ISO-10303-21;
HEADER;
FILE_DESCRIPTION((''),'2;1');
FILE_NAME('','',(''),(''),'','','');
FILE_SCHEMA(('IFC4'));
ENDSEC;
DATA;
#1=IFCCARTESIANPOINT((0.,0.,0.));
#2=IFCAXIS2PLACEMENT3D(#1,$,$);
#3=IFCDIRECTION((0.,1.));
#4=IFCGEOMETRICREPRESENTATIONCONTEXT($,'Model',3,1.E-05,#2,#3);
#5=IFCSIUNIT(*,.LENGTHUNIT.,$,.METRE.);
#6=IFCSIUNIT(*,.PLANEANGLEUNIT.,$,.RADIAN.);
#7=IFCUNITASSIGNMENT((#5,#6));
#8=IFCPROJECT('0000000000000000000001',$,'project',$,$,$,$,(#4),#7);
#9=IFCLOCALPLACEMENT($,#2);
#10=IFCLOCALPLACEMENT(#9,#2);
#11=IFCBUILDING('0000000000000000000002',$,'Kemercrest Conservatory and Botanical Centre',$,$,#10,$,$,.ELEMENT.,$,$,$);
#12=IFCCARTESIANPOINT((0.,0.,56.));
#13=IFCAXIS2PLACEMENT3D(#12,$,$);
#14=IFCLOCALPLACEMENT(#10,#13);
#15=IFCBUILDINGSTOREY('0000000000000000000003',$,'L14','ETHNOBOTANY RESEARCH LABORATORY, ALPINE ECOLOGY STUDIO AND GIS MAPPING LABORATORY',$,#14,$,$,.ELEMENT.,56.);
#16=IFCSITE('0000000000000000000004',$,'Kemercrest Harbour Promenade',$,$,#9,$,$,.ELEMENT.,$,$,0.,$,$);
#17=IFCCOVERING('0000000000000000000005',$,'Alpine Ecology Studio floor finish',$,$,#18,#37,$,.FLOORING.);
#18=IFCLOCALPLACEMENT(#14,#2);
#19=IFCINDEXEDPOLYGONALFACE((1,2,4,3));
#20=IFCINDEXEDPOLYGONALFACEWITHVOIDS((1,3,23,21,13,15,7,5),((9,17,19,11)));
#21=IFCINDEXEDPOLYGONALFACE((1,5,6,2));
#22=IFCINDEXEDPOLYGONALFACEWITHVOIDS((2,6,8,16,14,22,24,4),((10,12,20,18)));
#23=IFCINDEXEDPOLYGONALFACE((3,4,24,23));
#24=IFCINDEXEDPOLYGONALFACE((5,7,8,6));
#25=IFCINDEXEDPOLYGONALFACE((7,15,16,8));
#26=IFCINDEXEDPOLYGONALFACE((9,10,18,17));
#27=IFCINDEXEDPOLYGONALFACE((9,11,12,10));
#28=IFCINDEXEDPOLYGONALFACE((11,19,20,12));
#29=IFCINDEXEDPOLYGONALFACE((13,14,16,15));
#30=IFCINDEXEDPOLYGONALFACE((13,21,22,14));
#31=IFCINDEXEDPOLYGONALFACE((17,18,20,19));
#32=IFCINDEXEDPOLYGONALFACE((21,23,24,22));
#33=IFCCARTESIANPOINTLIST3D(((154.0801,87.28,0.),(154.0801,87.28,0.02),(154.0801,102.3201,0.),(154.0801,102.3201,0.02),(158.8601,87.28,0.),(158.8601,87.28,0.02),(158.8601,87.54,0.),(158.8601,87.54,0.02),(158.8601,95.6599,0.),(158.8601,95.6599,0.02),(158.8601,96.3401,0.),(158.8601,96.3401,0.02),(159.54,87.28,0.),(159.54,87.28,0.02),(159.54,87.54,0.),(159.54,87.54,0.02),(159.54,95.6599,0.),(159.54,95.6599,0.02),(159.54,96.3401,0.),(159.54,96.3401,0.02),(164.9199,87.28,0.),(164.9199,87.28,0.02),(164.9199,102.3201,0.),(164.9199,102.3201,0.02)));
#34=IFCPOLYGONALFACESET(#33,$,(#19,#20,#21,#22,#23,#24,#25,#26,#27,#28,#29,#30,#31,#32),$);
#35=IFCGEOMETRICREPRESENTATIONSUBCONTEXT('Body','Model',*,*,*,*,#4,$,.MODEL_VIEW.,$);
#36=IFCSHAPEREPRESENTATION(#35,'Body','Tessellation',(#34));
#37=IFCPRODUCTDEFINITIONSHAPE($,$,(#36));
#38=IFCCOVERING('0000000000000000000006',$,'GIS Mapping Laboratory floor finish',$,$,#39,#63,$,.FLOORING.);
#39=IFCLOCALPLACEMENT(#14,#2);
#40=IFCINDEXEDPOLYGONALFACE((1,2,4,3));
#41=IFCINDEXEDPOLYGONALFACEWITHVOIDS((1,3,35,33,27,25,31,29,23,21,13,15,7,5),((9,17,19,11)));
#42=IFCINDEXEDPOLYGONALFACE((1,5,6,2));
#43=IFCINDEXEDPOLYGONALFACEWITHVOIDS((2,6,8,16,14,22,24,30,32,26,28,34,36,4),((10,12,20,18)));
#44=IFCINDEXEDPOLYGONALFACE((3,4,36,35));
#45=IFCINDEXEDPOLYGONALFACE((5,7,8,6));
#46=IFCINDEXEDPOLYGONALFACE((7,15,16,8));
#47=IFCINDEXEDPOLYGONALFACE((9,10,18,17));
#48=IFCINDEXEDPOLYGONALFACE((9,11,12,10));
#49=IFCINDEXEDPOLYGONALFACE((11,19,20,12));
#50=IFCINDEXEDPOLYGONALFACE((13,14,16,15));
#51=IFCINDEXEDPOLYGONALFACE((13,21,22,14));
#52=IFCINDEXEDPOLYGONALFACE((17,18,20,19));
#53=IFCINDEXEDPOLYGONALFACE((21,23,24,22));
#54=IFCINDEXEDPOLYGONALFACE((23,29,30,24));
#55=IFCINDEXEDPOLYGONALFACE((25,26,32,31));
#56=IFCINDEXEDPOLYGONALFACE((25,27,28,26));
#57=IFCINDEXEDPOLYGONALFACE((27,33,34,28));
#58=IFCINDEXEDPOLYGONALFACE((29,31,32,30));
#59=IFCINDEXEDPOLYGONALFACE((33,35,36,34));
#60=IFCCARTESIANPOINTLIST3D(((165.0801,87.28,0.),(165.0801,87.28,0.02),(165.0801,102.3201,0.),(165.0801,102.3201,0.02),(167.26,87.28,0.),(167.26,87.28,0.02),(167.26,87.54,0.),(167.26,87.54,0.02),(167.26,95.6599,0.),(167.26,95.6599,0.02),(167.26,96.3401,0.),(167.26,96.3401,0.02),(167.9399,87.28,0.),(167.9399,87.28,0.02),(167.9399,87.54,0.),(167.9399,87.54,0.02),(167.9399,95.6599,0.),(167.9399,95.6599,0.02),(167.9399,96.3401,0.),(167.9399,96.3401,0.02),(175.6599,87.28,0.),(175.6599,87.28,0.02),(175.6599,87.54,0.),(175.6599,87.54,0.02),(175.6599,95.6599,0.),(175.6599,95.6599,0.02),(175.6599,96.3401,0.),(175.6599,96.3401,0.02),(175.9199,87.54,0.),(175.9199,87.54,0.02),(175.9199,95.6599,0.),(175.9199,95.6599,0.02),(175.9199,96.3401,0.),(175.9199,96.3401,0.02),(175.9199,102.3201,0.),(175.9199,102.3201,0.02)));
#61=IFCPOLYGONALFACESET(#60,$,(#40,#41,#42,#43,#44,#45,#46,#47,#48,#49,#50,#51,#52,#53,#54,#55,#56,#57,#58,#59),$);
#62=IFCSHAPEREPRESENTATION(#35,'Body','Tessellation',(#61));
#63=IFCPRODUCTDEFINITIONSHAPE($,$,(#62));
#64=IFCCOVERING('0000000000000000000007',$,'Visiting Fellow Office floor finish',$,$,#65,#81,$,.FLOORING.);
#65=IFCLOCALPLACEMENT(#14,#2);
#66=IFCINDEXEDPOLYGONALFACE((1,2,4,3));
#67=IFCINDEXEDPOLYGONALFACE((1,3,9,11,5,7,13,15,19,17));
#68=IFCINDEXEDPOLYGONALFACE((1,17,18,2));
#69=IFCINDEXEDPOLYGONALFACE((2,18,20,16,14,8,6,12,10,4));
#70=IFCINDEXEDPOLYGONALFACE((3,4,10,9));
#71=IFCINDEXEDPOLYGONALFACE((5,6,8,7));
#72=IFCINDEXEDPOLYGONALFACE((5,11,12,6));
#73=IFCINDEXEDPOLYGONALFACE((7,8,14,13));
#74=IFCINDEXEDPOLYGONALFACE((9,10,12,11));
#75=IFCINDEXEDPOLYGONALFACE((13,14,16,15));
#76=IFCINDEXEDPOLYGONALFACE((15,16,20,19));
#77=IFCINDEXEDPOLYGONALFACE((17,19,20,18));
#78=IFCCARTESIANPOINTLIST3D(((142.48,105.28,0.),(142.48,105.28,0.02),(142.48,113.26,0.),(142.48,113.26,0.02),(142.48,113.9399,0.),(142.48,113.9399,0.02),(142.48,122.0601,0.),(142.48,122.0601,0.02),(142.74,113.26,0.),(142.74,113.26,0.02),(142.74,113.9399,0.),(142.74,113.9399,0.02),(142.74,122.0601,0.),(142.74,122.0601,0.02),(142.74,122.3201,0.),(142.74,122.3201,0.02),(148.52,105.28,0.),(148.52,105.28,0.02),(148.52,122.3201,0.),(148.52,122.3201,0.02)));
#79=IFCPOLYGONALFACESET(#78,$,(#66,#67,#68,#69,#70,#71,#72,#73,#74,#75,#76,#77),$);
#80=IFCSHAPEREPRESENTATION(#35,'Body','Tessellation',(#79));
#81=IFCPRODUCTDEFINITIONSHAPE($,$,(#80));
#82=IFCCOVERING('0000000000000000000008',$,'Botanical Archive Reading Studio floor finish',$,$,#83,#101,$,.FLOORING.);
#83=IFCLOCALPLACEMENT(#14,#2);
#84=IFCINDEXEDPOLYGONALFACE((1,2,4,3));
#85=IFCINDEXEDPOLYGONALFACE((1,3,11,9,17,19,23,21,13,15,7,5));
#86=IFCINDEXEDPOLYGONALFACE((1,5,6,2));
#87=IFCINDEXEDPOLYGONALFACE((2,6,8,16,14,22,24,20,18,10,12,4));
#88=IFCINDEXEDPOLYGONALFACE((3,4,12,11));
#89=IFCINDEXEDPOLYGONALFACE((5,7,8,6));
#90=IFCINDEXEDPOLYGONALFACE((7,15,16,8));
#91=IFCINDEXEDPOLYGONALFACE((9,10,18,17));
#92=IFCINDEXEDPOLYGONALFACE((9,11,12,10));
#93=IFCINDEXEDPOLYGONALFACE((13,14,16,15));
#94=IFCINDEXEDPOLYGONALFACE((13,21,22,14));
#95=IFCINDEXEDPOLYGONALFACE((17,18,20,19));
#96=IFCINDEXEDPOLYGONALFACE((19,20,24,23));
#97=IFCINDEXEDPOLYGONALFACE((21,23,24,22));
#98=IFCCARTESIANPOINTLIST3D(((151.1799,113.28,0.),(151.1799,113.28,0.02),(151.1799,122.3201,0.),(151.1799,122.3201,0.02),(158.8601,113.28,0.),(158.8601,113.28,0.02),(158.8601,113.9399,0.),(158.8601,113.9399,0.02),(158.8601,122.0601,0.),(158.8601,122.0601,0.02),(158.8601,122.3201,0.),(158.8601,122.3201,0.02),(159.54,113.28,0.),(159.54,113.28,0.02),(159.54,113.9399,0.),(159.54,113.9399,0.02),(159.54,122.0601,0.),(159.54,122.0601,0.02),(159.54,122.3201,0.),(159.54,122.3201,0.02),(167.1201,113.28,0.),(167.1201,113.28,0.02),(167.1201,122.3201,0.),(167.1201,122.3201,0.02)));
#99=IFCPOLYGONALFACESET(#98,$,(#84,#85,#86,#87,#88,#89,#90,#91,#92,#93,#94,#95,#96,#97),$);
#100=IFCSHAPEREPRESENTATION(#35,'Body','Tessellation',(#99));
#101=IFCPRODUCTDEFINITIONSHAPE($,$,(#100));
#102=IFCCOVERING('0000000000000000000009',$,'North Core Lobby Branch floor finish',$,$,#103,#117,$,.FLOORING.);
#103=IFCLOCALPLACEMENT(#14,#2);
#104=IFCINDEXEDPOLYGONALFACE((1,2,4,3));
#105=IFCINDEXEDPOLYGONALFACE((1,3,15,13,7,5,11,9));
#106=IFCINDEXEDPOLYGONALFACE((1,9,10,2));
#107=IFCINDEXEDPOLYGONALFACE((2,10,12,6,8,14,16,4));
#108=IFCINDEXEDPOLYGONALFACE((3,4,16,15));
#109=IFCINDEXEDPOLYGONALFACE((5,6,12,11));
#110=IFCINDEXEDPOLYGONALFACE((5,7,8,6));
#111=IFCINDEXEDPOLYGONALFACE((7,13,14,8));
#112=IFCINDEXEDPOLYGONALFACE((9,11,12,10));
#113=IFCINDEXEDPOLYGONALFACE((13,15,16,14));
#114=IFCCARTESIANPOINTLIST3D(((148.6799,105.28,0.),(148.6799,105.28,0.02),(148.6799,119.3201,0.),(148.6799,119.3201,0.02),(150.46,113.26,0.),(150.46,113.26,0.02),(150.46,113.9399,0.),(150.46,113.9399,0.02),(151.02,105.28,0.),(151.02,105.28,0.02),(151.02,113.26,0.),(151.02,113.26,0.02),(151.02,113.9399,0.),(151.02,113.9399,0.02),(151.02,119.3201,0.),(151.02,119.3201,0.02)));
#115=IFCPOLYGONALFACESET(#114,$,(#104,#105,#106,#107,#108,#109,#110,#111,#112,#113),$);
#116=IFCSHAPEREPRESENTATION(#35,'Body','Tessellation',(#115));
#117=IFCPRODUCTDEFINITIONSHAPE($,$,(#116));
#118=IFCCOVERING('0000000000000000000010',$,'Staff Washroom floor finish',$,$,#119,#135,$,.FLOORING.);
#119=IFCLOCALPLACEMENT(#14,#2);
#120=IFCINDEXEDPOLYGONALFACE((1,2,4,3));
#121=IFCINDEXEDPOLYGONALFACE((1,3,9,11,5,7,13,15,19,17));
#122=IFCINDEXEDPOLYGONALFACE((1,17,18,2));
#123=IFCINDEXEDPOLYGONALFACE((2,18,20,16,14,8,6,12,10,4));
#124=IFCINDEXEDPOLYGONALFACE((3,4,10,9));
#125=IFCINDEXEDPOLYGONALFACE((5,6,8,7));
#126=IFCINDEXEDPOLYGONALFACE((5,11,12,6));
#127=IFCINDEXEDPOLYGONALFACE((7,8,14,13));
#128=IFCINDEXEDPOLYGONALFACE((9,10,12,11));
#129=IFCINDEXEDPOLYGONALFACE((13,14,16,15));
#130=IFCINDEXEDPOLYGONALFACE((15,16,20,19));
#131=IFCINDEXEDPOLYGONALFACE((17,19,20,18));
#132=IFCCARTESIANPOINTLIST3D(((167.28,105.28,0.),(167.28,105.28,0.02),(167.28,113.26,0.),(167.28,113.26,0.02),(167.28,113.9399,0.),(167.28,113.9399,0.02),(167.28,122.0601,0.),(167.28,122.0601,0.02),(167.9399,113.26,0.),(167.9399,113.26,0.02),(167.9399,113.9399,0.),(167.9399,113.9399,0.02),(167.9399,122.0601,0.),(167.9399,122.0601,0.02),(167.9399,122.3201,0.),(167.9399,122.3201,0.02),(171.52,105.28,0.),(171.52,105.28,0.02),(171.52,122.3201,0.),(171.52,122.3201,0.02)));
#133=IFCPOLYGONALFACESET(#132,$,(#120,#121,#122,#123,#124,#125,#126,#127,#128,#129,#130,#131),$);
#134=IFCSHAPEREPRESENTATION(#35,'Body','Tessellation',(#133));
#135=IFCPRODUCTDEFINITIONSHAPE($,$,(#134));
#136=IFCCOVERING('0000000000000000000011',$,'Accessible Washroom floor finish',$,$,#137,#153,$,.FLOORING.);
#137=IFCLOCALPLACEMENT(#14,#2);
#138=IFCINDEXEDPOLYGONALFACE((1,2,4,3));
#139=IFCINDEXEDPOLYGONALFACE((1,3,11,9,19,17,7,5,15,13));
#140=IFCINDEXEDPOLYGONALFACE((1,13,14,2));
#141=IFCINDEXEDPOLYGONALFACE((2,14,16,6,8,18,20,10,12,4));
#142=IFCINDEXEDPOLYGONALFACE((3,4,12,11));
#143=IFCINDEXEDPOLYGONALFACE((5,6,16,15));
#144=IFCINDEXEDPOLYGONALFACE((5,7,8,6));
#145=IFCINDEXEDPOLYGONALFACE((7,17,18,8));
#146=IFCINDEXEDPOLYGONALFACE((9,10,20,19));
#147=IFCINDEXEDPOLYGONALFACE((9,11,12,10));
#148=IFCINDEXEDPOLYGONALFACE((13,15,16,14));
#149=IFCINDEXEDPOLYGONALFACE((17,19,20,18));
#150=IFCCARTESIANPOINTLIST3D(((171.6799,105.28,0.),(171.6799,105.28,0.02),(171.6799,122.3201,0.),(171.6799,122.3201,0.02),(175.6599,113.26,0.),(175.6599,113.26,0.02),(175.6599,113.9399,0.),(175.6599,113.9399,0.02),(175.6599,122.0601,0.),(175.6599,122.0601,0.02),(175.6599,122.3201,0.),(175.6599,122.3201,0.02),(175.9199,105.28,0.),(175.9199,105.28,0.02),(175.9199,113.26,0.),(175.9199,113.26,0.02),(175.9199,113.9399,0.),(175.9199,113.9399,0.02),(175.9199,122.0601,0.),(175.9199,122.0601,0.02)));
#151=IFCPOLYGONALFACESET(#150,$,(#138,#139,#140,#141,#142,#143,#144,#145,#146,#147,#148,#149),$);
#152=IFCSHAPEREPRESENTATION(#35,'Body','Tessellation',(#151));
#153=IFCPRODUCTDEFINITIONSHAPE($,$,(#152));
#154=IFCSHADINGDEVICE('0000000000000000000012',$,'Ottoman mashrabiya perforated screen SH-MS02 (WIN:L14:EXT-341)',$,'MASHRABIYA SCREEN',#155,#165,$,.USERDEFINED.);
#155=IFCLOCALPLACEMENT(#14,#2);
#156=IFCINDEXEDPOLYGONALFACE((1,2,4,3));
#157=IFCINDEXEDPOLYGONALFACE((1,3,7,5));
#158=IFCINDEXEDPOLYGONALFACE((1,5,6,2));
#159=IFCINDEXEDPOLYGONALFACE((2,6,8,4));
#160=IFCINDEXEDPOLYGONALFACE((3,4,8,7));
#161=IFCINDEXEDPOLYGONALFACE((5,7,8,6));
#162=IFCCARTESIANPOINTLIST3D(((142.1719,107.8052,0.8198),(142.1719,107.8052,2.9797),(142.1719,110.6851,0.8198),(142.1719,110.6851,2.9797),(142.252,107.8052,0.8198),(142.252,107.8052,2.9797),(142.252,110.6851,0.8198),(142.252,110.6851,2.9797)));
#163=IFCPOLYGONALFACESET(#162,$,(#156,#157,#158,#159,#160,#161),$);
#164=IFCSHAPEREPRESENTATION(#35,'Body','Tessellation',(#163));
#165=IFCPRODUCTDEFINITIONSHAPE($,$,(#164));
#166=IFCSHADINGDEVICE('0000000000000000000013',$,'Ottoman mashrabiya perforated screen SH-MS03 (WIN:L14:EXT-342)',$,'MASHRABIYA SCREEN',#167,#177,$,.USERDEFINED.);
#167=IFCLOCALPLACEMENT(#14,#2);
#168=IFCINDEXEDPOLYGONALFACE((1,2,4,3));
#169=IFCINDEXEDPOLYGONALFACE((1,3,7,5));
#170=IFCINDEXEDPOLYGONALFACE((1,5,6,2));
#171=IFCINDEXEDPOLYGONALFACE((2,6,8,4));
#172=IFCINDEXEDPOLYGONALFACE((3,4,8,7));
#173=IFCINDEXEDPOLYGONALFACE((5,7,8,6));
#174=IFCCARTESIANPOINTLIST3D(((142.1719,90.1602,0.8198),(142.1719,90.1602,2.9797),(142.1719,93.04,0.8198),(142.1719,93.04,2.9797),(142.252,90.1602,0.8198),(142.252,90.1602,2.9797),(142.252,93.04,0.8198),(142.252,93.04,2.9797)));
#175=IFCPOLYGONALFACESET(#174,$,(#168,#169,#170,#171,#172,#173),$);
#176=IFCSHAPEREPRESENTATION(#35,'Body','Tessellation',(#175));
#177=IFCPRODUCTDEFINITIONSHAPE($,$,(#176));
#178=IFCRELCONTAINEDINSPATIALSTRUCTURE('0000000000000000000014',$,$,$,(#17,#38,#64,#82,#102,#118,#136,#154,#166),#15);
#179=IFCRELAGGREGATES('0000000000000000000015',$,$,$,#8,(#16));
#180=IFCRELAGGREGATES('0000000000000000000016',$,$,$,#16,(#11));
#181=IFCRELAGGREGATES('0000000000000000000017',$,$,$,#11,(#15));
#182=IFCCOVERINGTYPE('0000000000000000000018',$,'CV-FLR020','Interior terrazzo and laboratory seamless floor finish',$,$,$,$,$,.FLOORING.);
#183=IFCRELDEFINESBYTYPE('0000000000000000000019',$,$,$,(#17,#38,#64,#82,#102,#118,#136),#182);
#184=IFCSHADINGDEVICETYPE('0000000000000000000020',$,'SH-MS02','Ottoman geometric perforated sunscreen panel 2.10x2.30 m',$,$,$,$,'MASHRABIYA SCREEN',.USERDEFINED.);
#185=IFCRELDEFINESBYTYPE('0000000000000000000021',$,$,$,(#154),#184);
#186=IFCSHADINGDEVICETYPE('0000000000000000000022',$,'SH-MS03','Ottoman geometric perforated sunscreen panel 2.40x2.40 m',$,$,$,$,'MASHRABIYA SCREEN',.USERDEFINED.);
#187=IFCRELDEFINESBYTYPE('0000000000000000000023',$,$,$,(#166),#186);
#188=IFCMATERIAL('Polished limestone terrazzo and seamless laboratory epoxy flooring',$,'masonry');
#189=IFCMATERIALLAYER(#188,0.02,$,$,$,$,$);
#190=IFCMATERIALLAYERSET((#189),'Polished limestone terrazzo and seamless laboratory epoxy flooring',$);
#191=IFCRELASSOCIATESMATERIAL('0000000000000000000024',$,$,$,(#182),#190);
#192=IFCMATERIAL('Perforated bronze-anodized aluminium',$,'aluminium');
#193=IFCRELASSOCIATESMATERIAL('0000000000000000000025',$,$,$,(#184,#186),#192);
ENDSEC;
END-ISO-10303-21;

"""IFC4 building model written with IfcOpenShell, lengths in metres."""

from ifc_helpers import new_model, si_unit, direction, frame, origin, origin_2d, place, context, subcontext, project, spatial, polyline, rectangle, outline, extrude, material, layer, layer_set, type_object, element, save


model = new_model("IFC4")

# Units and contexts
model_context = context("Model", 3, precision=1e-05, world=origin(), true_north=direction((0.0, 1.0)))
body_context = subcontext(model_context, "Body", "Model", "MODEL_VIEW")
ifc_project = project(units=[si_unit("LENGTHUNIT", "METRE"), si_unit("PLANEANGLEUNIT", "RADIAN")], contexts=[model_context])

# Site, building, storey
site_placement = place(None, origin())
site = spatial("IfcSite", under=ifc_project, at=site_placement, Name="Kemercrest Harbour Promenade", CompositionType="ELEMENT", RefElevation=0.0)
building_placement = place(site_placement, origin())
building = spatial("IfcBuilding", under=site, at=building_placement, Name="Kemercrest Conservatory and Botanical Centre", CompositionType="ELEMENT")
storey_placement = place(building_placement, frame((0.0, 0.0, 56.0)))
storey = spatial("IfcBuildingStorey", under=building, at=storey_placement, Name="L14", Description="ETHNOBOTANY RESEARCH LABORATORY, ALPINE ECOLOGY STUDIO AND GIS MAPPING LABORATORY", CompositionType="ELEMENT", Elevation=56.0)

# Coverings
ifc_material_1 = material(Name="Polished limestone terrazzo and seamless laboratory epoxy flooring", Category="masonry")
ifc_layer_1 = layer(ifc_material_1, 0.02)
ifc_layer_set_1 = layer_set([ifc_layer_1], Name="Polished limestone terrazzo and seamless laboratory epoxy flooring")
covering_type_1 = type_object("IfcCoveringType", Name="CV-FLR020", Description="Interior terrazzo and laboratory seamless floor finish", PredefinedType="FLOORING", material=ifc_layer_set_1)
covering_1_placement = place(storey_placement, origin())
element("IfcCovering", 1, at=covering_1_placement, inside=storey, type_object=covering_type_1, Name="Alpine Ecology Studio floor finish", PredefinedType="FLOORING", context=body_context, shape_type="SweptSolid", body=[
    extrude(outline(polyline([(158.8601, 87.54), (159.54, 87.54), (159.54, 87.28), (164.9199, 87.28), (164.9199, 102.3201), (154.0801, 102.3201), (154.0801, 87.28), (158.8601, 87.28), (158.8601, 87.54)]), holes=[polyline([(158.8601, 96.3401), (159.54, 96.3401), (159.54, 95.6599), (158.8601, 95.6599), (158.8601, 96.3401)])]), origin(), (0.0, 0.0, 1.0), 0.02),
])
covering_2_placement = place(storey_placement, origin())
element("IfcCovering", 2, at=covering_2_placement, inside=storey, type_object=covering_type_1, Name="GIS Mapping Laboratory floor finish", PredefinedType="FLOORING", context=body_context, shape_type="SweptSolid", body=[
    extrude(outline(polyline([(167.26, 87.54), (167.9399, 87.54), (167.9399, 87.28), (175.6599, 87.28), (175.6599, 87.54), (175.9199, 87.54), (175.9199, 95.6599), (175.6599, 95.6599), (175.6599, 96.3401), (175.9199, 96.3401), (175.9199, 102.3201), (165.0801, 102.3201), (165.0801, 87.28), (167.26, 87.28), (167.26, 87.54)]), holes=[polyline([(167.26, 96.3401), (167.9399, 96.3401), (167.9399, 95.6599), (167.26, 95.6599), (167.26, 96.3401)])]), origin(), (0.0, 0.0, 1.0), 0.02),
])
covering_3_placement = place(storey_placement, origin())
element("IfcCovering", 3, at=covering_3_placement, inside=storey, type_object=covering_type_1, Name="Visiting Fellow Office floor finish", PredefinedType="FLOORING", context=body_context, shape_type="SweptSolid", body=[
    extrude(outline(polyline([(142.48, 105.28), (148.52, 105.28), (148.52, 122.3201), (142.74, 122.3201), (142.74, 122.0601), (142.48, 122.0601), (142.48, 113.9399), (142.74, 113.9399), (142.74, 113.26), (142.48, 113.26), (142.48, 105.28)])), origin(), (0.0, 0.0, 1.0), 0.02),
])
covering_4_placement = place(storey_placement, origin())
element("IfcCovering", 4, at=covering_4_placement, inside=storey, type_object=covering_type_1, Name="Botanical Archive Reading Studio floor finish", PredefinedType="FLOORING", context=body_context, shape_type="SweptSolid", body=[
    extrude(outline(polyline([(159.54, 113.28), (167.1201, 113.28), (167.1201, 122.3201), (159.54, 122.3201), (159.54, 122.0601), (158.8601, 122.0601), (158.8601, 122.3201), (151.1799, 122.3201), (151.1799, 113.28), (158.8601, 113.28), (158.8601, 113.9399), (159.54, 113.9399), (159.54, 113.28)])), origin(), (0.0, 0.0, 1.0), 0.02),
])
covering_5_placement = place(storey_placement, origin())
element("IfcCovering", 5, at=covering_5_placement, inside=storey, type_object=covering_type_1, Name="North Core Lobby Branch floor finish", PredefinedType="FLOORING", context=body_context, shape_type="SweptSolid", body=[
    extrude(outline(polyline([(148.6799, 105.28), (151.02, 105.28), (151.02, 113.26), (150.46, 113.26), (150.46, 113.9399), (151.02, 113.9399), (151.02, 119.3201), (148.6799, 119.3201), (148.6799, 105.28)])), origin(), (0.0, 0.0, 1.0), 0.02),
])
covering_6_placement = place(storey_placement, origin())
element("IfcCovering", 6, at=covering_6_placement, inside=storey, type_object=covering_type_1, Name="Staff Washroom floor finish", PredefinedType="FLOORING", context=body_context, shape_type="SweptSolid", body=[
    extrude(outline(polyline([(167.28, 105.28), (171.52, 105.28), (171.52, 122.3201), (167.9399, 122.3201), (167.9399, 122.0601), (167.28, 122.0601), (167.28, 113.9399), (167.9399, 113.9399), (167.9399, 113.26), (167.28, 113.26), (167.28, 105.28)])), origin(), (0.0, 0.0, 1.0), 0.02),
])
covering_7_placement = place(storey_placement, origin())
element("IfcCovering", 7, at=covering_7_placement, inside=storey, type_object=covering_type_1, Name="Accessible Washroom floor finish", PredefinedType="FLOORING", context=body_context, shape_type="SweptSolid", body=[
    extrude(outline(polyline([(171.6799, 105.28), (175.9199, 105.28), (175.9199, 113.26), (175.6599, 113.26), (175.6599, 113.9399), (175.9199, 113.9399), (175.9199, 122.0601), (175.6599, 122.0601), (175.6599, 122.3201), (171.6799, 122.3201), (171.6799, 105.28)])), origin(), (0.0, 0.0, 1.0), 0.02),
])

# Shading devices
ifc_material_2 = material(Name="Perforated bronze-anodized aluminium", Category="aluminium")
shading_device_type_1 = type_object("IfcShadingDeviceType", Name="SH-MS02", Description="Ottoman geometric perforated sunscreen panel 2.10x2.30 m", ElementType="MASHRABIYA SCREEN", PredefinedType="USERDEFINED", material=ifc_material_2)
shading_device_1_placement = place(storey_placement, frame((142.2119, 109.2451, 0.8198), z_axis=(0.0, 0.0, 1.0), x_axis=(0.0, -1.0, 0.0)))
element("IfcShadingDevice", 8, at=shading_device_1_placement, inside=storey, type_object=shading_device_type_1, Name="Ottoman mashrabiya perforated screen SH-MS02 (WIN:L14:EXT-341)", ObjectType="MASHRABIYA SCREEN", PredefinedType="USERDEFINED", context=body_context, shape_type="SweptSolid", body=[
    extrude(rectangle(XDim=2.8799, YDim=0.0801, at=origin_2d()), origin(), (0.0, 0.0, 1.0), 2.1599),
])
shading_device_type_2 = type_object("IfcShadingDeviceType", Name="SH-MS03", Description="Ottoman geometric perforated sunscreen panel 2.40x2.40 m", ElementType="MASHRABIYA SCREEN", PredefinedType="USERDEFINED", material=ifc_material_2)
shading_device_2_placement = place(storey_placement, frame((142.2119, 91.6001, 0.8198), z_axis=(0.0, 0.0, 1.0), x_axis=(0.0, -1.0, 0.0)))
element("IfcShadingDevice", 9, at=shading_device_2_placement, inside=storey, type_object=shading_device_type_2, Name="Ottoman mashrabiya perforated screen SH-MS03 (WIN:L14:EXT-342)", ObjectType="MASHRABIYA SCREEN", PredefinedType="USERDEFINED", context=body_context, shape_type="SweptSolid", body=[
    extrude(rectangle(XDim=2.8799, YDim=0.0801, at=origin_2d()), origin(), (0.0, 0.0, 1.0), 2.1599),
])

save(model, "model.ifc")
